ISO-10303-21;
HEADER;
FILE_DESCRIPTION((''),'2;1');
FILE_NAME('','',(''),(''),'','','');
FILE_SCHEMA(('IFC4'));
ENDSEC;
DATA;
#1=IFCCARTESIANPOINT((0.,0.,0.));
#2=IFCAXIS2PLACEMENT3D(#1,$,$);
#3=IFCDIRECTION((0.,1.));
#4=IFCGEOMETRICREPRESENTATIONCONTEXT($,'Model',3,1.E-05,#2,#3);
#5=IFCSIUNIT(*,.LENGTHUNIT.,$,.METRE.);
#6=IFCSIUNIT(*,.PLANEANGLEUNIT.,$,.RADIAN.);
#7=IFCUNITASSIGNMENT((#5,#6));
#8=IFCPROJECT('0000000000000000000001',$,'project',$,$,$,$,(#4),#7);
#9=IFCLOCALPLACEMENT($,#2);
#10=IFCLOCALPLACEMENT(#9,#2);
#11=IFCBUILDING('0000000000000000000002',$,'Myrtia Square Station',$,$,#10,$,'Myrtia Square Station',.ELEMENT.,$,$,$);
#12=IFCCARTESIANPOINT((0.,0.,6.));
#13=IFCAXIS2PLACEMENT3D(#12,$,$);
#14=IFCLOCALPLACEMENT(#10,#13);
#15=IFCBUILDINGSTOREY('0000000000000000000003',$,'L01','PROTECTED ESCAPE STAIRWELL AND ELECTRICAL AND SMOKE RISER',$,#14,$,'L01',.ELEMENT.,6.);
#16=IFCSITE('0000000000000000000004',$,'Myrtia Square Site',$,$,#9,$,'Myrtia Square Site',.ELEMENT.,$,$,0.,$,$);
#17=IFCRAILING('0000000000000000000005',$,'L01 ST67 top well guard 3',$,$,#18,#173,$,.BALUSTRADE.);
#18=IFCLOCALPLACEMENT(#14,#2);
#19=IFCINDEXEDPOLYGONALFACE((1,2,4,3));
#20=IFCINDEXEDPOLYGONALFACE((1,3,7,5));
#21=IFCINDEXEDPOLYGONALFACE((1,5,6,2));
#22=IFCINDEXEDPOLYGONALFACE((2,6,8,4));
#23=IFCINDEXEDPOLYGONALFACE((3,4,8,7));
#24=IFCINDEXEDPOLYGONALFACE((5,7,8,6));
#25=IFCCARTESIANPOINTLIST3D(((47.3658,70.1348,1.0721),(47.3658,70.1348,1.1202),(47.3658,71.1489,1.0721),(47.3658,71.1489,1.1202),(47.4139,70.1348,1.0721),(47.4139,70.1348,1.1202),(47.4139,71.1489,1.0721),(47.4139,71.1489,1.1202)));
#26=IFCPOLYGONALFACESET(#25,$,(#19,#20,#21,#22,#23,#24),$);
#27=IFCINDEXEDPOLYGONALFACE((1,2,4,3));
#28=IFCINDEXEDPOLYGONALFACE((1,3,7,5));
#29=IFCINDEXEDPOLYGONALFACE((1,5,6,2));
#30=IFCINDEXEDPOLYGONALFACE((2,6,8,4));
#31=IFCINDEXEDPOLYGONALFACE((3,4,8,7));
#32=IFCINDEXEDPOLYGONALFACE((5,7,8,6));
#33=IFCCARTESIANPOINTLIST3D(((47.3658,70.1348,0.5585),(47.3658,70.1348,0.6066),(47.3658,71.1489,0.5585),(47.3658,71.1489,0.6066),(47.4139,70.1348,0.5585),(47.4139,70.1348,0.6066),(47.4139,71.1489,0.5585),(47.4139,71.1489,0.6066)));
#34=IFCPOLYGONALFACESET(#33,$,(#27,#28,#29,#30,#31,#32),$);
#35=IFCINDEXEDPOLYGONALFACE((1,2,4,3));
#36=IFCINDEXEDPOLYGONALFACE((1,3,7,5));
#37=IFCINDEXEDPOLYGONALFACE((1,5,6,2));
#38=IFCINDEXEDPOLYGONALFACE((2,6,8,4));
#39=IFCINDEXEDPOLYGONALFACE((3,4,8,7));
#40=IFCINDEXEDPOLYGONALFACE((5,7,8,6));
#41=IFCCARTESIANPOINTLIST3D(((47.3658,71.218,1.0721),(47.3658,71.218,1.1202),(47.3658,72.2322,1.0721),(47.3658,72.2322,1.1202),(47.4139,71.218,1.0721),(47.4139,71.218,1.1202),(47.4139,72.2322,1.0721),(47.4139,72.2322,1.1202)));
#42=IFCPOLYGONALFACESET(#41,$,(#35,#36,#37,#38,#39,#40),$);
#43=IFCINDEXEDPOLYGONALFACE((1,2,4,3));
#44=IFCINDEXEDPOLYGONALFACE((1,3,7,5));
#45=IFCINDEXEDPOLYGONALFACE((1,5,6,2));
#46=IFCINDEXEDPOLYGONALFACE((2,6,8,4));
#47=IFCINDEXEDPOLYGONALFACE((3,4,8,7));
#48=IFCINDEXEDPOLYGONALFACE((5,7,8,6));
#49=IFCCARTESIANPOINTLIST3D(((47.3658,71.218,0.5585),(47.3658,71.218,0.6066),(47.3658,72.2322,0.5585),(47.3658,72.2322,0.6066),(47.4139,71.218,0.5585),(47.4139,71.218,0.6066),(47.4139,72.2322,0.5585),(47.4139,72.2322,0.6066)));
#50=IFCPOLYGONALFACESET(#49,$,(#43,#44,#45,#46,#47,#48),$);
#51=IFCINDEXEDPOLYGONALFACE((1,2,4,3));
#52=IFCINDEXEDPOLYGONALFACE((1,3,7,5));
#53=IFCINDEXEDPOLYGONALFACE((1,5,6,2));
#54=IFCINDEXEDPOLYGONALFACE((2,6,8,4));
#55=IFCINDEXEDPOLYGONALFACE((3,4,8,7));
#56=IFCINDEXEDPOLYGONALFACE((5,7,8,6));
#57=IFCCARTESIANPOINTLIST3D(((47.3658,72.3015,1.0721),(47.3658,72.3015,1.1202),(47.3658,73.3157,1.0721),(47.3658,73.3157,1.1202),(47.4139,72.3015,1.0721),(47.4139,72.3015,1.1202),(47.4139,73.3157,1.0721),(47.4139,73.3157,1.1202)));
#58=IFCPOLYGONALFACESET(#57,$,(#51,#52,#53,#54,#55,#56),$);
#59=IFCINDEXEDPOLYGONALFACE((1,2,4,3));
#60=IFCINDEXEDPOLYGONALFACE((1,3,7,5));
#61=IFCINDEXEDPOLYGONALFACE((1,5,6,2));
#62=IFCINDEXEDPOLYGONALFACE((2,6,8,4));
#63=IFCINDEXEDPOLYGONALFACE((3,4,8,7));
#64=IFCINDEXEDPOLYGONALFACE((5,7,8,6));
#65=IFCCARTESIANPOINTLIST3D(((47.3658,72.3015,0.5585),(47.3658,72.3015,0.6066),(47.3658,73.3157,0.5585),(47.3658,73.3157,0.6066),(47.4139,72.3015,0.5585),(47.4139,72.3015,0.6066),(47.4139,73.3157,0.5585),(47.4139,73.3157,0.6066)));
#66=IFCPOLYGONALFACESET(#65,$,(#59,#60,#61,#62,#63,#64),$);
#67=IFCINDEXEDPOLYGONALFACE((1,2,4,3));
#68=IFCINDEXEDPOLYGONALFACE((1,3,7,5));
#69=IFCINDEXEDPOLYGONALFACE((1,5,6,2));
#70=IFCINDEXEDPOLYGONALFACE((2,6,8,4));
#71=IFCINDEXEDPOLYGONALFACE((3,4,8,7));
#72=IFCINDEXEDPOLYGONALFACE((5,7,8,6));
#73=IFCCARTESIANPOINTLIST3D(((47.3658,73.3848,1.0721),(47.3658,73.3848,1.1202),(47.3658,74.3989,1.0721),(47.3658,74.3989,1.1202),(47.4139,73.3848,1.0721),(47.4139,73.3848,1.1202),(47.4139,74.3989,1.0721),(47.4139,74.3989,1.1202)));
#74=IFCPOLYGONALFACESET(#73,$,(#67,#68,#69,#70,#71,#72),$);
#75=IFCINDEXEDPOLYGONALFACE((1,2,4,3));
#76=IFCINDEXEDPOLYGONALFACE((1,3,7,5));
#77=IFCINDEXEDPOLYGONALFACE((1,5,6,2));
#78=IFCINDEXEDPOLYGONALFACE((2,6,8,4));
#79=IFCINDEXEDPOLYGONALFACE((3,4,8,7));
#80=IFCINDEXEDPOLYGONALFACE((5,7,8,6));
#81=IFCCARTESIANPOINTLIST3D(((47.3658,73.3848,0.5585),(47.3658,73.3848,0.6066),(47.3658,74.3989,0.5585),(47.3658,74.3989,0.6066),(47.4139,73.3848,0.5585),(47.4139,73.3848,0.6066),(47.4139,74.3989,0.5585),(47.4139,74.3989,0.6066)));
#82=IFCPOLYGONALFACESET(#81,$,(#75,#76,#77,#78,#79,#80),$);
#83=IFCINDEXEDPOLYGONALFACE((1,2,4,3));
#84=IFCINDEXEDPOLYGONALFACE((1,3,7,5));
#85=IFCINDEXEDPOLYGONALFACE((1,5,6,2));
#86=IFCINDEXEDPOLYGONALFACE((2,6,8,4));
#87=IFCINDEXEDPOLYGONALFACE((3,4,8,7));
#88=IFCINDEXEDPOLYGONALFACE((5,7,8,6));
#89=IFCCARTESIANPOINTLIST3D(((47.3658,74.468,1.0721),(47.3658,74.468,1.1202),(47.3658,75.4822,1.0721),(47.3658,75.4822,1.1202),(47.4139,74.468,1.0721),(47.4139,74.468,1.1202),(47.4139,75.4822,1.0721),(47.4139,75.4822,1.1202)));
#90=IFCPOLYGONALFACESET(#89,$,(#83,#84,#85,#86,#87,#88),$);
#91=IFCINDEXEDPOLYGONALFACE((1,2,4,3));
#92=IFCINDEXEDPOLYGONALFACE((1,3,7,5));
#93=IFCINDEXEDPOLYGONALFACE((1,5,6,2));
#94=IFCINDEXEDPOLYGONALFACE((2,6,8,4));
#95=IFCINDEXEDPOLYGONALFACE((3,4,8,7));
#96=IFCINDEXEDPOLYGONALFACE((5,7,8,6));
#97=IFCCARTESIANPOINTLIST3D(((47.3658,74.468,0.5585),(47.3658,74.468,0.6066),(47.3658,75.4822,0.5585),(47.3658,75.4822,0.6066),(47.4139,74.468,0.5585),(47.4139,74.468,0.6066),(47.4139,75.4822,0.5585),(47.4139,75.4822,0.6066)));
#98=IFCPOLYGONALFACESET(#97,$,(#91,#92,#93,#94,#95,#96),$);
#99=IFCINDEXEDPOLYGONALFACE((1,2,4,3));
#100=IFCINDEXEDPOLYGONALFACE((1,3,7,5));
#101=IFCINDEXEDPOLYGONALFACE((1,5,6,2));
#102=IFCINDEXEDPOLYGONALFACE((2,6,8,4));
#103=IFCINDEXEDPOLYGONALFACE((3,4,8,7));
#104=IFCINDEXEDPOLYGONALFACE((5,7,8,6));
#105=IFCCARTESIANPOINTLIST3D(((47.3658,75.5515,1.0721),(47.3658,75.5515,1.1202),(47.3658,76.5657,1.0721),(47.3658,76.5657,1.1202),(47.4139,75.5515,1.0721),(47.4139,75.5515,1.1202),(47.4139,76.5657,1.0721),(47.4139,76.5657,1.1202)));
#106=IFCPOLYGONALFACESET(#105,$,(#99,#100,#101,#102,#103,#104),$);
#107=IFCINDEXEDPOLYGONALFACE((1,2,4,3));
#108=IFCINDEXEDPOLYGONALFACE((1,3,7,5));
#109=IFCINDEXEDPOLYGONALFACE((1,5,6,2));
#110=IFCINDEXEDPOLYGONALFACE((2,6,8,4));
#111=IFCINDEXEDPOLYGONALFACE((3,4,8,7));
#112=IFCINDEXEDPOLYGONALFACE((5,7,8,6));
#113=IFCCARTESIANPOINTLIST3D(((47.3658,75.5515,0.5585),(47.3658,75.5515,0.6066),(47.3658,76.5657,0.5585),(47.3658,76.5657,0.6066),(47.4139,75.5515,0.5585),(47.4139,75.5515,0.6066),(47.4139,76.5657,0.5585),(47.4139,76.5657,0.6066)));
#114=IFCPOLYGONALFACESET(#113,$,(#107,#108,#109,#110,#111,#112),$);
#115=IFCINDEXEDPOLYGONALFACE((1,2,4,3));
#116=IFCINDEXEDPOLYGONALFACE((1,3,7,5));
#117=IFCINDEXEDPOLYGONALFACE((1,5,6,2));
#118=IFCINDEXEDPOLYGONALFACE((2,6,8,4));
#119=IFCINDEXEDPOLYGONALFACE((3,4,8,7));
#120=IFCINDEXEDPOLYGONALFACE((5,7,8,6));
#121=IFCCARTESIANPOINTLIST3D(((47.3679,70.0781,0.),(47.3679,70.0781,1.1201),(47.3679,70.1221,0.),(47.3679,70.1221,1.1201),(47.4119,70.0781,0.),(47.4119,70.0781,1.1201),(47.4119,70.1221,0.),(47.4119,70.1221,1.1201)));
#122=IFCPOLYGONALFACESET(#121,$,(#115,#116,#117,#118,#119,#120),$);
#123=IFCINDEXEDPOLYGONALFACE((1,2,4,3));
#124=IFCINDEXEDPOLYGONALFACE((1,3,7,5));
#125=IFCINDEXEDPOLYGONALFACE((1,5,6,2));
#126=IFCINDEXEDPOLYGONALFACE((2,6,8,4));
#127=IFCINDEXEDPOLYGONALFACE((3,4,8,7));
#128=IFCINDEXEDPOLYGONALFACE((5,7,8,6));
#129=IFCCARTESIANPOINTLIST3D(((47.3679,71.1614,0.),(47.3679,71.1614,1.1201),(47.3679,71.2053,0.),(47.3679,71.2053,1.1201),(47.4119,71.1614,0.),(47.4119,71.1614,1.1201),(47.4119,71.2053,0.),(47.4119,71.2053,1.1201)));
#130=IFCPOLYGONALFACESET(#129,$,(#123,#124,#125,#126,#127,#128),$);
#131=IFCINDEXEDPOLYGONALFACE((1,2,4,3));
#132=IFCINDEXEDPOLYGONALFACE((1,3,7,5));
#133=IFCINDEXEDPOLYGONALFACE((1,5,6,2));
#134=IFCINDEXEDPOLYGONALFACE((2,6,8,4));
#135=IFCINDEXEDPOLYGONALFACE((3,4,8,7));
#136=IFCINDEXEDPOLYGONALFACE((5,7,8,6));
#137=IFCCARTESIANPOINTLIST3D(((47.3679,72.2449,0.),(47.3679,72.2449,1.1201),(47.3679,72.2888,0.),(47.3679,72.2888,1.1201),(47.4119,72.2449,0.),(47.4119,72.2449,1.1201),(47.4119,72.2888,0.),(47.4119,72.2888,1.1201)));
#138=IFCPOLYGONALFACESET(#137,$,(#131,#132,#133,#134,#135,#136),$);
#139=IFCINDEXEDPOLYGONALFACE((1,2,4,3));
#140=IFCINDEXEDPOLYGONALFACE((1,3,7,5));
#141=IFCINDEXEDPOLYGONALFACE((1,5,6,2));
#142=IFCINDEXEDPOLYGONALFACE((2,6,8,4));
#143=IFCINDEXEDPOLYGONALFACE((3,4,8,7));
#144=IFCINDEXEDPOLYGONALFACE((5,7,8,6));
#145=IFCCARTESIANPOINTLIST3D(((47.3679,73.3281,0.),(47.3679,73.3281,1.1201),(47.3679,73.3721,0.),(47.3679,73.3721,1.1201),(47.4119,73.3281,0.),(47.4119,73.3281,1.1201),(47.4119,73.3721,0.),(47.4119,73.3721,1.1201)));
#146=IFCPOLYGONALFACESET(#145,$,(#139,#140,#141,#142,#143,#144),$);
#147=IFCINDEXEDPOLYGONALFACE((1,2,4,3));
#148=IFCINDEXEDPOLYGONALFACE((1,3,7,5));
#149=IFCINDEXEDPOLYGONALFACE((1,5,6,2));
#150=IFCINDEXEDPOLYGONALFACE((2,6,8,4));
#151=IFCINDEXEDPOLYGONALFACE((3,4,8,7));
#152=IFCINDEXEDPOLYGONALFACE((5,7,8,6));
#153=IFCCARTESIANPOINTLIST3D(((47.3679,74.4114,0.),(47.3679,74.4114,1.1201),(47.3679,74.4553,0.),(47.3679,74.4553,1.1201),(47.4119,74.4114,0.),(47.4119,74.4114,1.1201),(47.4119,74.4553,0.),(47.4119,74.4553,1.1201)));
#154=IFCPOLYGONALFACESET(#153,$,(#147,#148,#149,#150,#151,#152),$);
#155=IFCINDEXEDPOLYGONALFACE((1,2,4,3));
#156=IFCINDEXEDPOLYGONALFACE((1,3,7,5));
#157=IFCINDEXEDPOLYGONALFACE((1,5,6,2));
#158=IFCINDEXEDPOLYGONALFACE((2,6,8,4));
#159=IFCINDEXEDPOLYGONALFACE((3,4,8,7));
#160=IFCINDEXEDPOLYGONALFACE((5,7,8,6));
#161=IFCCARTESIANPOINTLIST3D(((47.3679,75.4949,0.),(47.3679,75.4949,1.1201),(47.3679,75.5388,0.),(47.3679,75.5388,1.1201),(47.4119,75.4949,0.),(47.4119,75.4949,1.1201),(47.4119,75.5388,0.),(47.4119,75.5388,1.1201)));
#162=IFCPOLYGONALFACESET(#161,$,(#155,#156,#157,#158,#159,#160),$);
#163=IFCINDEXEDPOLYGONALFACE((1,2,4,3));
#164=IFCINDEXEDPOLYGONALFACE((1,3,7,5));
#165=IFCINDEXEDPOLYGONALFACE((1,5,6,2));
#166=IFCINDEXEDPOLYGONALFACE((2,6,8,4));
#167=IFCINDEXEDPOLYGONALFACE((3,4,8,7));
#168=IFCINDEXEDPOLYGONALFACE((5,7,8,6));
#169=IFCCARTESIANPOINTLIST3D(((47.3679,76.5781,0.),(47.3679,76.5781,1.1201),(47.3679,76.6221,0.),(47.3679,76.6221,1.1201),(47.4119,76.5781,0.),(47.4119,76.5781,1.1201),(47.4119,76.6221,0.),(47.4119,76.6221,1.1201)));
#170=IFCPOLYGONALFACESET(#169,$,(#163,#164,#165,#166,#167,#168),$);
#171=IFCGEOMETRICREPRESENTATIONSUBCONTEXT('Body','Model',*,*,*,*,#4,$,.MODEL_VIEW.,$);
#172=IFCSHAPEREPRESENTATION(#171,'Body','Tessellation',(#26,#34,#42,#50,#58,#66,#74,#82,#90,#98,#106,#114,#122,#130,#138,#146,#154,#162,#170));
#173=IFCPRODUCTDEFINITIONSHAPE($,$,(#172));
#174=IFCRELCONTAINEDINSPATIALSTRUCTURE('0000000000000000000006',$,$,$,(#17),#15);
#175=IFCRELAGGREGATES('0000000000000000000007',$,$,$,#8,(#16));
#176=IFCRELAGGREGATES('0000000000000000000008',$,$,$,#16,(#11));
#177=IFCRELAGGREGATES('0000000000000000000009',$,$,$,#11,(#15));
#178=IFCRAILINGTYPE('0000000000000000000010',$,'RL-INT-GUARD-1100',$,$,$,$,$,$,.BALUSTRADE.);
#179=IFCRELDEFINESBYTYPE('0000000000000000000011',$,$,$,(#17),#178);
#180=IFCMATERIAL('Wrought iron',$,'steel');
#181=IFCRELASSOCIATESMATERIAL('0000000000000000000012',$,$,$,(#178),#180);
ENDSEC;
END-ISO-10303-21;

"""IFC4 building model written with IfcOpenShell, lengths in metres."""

from ifc_helpers import new_model, si_unit, direction, frame, origin, origin_2d, place, context, subcontext, project, spatial, rectangle, extrude, material, type_object, element, save


model = new_model("IFC4")

# Units and contexts
model_context = context("Model", 3, precision=1e-05, world=origin(), true_north=direction((0.0, 1.0)))
body_context = subcontext(model_context, "Body", "Model", "MODEL_VIEW")
ifc_project = project(units=[si_unit("LENGTHUNIT", "METRE"), si_unit("PLANEANGLEUNIT", "RADIAN")], contexts=[model_context])

# Site, building, storey
site_placement = place(None, origin())
site = spatial("IfcSite", under=ifc_project, at=site_placement, Name="Myrtia Square Site", LongName="Myrtia Square Site", CompositionType="ELEMENT", RefElevation=0.0)
building_placement = place(site_placement, origin())
building = spatial("IfcBuilding", under=site, at=building_placement, Name="Myrtia Square Station", LongName="Myrtia Square Station", CompositionType="ELEMENT")
storey_placement = place(building_placement, frame((0.0, 0.0, 6.0)))
storey = spatial("IfcBuildingStorey", under=building, at=storey_placement, Name="L01", Description="PROTECTED ESCAPE STAIRWELL AND ELECTRICAL AND SMOKE RISER", LongName="L01", CompositionType="ELEMENT", Elevation=6.0)

# Railing
ifc_material_1 = material(Name="Wrought iron", Category="steel")
railing_type = type_object("IfcRailingType", Name="RL-INT-GUARD-1100", PredefinedType="BALUSTRADE", material=ifc_material_1)
railing_1_placement = place(storey_placement, frame((47.3899, 70.1001, 0.0)))
element("IfcRailing", 1, at=railing_1_placement, inside=storey, type_object=railing_type, Name="L01 ST67 top well guard 3", PredefinedType="BALUSTRADE", context=body_context, shape_type="SweptSolid", body=[
    extrude(rectangle(XDim=0.0481, YDim=0.0481, at=origin_2d()), frame((0.0, 0.0347, 1.0962), z_axis=(0.0, 1.0, 0.0), x_axis=(-1.0, 0.0, 0.0)), (0.0, 0.0, 1.0), 1.0142),
    extrude(rectangle(XDim=0.0481, YDim=0.0481, at=origin_2d()), frame((0.0, 0.0347, 0.5825), z_axis=(0.0, 1.0, 0.0), x_axis=(-1.0, 0.0, 0.0)), (0.0, 0.0, 1.0), 1.0142),
    extrude(rectangle(XDim=0.0481, YDim=0.0481, at=origin_2d()), frame((0.0, 1.1179, 1.0962), z_axis=(0.0, 1.0, 0.0), x_axis=(-1.0, 0.0, 0.0)), (0.0, 0.0, 1.0), 1.0142),
    extrude(rectangle(XDim=0.0481, YDim=0.0481, at=origin_2d()), frame((0.0, 1.1179, 0.5825), z_axis=(0.0, 1.0, 0.0), x_axis=(-1.0, 0.0, 0.0)), (0.0, 0.0, 1.0), 1.0142),
    extrude(rectangle(XDim=0.0481, YDim=0.0481, at=origin_2d()), frame((0.0, 2.2014, 1.0962), z_axis=(0.0, 1.0, 0.0), x_axis=(-1.0, 0.0, 0.0)), (0.0, 0.0, 1.0), 1.0142),
    extrude(rectangle(XDim=0.0481, YDim=0.0481, at=origin_2d()), frame((0.0, 2.2014, 0.5825), z_axis=(0.0, 1.0, 0.0), x_axis=(-1.0, 0.0, 0.0)), (0.0, 0.0, 1.0), 1.0142),
    extrude(rectangle(XDim=0.0481, YDim=0.0481, at=origin_2d()), frame((0.0, 3.2847, 1.0962), z_axis=(0.0, 1.0, 0.0), x_axis=(-1.0, 0.0, 0.0)), (0.0, 0.0, 1.0), 1.0142),
    extrude(rectangle(XDim=0.0481, YDim=0.0481, at=origin_2d()), frame((0.0, 3.2847, 0.5825), z_axis=(0.0, 1.0, 0.0), x_axis=(-1.0, 0.0, 0.0)), (0.0, 0.0, 1.0), 1.0142),
    extrude(rectangle(XDim=0.0481, YDim=0.0481, at=origin_2d()), frame((0.0, 4.3679, 1.0962), z_axis=(0.0, 1.0, 0.0), x_axis=(-1.0, 0.0, 0.0)), (0.0, 0.0, 1.0), 1.0142),
    extrude(rectangle(XDim=0.0481, YDim=0.0481, at=origin_2d()), frame((0.0, 4.3679, 0.5825), z_axis=(0.0, 1.0, 0.0), x_axis=(-1.0, 0.0, 0.0)), (0.0, 0.0, 1.0), 1.0142),
    extrude(rectangle(XDim=0.0481, YDim=0.0481, at=origin_2d()), frame((0.0, 5.4514, 1.0962), z_axis=(0.0, 1.0, 0.0), x_axis=(-1.0, 0.0, 0.0)), (0.0, 0.0, 1.0), 1.0142),
    extrude(rectangle(XDim=0.0481, YDim=0.0481, at=origin_2d()), frame((0.0, 5.4514, 0.5825), z_axis=(0.0, 1.0, 0.0), x_axis=(-1.0, 0.0, 0.0)), (0.0, 0.0, 1.0), 1.0142),
    extrude(rectangle(XDim=0.0439, YDim=0.0439, at=origin_2d()), origin(), (0.0, 0.0, 1.0), 1.1201),
    extrude(rectangle(XDim=0.0439, YDim=0.0439, at=origin_2d()), frame((0.0, 1.0833, 0.0)), (0.0, 0.0, 1.0), 1.1201),
    extrude(rectangle(XDim=0.0439, YDim=0.0439, at=origin_2d()), frame((0.0, 2.1667, 0.0)), (0.0, 0.0, 1.0), 1.1201),
    extrude(rectangle(XDim=0.0439, YDim=0.0439, at=origin_2d()), frame((0.0, 3.25, 0.0)), (0.0, 0.0, 1.0), 1.1201),
    extrude(rectangle(XDim=0.0439, YDim=0.0439, at=origin_2d()), frame((0.0, 4.3333, 0.0)), (0.0, 0.0, 1.0), 1.1201),
    extrude(rectangle(XDim=0.0439, YDim=0.0439, at=origin_2d()), frame((0.0, 5.4167, 0.0)), (0.0, 0.0, 1.0), 1.1201),
    extrude(rectangle(XDim=0.0439, YDim=0.0439, at=origin_2d()), frame((0.0, 6.5, 0.0)), (0.0, 0.0, 1.0), 1.1201),
])

save(model, "model.ifc")
